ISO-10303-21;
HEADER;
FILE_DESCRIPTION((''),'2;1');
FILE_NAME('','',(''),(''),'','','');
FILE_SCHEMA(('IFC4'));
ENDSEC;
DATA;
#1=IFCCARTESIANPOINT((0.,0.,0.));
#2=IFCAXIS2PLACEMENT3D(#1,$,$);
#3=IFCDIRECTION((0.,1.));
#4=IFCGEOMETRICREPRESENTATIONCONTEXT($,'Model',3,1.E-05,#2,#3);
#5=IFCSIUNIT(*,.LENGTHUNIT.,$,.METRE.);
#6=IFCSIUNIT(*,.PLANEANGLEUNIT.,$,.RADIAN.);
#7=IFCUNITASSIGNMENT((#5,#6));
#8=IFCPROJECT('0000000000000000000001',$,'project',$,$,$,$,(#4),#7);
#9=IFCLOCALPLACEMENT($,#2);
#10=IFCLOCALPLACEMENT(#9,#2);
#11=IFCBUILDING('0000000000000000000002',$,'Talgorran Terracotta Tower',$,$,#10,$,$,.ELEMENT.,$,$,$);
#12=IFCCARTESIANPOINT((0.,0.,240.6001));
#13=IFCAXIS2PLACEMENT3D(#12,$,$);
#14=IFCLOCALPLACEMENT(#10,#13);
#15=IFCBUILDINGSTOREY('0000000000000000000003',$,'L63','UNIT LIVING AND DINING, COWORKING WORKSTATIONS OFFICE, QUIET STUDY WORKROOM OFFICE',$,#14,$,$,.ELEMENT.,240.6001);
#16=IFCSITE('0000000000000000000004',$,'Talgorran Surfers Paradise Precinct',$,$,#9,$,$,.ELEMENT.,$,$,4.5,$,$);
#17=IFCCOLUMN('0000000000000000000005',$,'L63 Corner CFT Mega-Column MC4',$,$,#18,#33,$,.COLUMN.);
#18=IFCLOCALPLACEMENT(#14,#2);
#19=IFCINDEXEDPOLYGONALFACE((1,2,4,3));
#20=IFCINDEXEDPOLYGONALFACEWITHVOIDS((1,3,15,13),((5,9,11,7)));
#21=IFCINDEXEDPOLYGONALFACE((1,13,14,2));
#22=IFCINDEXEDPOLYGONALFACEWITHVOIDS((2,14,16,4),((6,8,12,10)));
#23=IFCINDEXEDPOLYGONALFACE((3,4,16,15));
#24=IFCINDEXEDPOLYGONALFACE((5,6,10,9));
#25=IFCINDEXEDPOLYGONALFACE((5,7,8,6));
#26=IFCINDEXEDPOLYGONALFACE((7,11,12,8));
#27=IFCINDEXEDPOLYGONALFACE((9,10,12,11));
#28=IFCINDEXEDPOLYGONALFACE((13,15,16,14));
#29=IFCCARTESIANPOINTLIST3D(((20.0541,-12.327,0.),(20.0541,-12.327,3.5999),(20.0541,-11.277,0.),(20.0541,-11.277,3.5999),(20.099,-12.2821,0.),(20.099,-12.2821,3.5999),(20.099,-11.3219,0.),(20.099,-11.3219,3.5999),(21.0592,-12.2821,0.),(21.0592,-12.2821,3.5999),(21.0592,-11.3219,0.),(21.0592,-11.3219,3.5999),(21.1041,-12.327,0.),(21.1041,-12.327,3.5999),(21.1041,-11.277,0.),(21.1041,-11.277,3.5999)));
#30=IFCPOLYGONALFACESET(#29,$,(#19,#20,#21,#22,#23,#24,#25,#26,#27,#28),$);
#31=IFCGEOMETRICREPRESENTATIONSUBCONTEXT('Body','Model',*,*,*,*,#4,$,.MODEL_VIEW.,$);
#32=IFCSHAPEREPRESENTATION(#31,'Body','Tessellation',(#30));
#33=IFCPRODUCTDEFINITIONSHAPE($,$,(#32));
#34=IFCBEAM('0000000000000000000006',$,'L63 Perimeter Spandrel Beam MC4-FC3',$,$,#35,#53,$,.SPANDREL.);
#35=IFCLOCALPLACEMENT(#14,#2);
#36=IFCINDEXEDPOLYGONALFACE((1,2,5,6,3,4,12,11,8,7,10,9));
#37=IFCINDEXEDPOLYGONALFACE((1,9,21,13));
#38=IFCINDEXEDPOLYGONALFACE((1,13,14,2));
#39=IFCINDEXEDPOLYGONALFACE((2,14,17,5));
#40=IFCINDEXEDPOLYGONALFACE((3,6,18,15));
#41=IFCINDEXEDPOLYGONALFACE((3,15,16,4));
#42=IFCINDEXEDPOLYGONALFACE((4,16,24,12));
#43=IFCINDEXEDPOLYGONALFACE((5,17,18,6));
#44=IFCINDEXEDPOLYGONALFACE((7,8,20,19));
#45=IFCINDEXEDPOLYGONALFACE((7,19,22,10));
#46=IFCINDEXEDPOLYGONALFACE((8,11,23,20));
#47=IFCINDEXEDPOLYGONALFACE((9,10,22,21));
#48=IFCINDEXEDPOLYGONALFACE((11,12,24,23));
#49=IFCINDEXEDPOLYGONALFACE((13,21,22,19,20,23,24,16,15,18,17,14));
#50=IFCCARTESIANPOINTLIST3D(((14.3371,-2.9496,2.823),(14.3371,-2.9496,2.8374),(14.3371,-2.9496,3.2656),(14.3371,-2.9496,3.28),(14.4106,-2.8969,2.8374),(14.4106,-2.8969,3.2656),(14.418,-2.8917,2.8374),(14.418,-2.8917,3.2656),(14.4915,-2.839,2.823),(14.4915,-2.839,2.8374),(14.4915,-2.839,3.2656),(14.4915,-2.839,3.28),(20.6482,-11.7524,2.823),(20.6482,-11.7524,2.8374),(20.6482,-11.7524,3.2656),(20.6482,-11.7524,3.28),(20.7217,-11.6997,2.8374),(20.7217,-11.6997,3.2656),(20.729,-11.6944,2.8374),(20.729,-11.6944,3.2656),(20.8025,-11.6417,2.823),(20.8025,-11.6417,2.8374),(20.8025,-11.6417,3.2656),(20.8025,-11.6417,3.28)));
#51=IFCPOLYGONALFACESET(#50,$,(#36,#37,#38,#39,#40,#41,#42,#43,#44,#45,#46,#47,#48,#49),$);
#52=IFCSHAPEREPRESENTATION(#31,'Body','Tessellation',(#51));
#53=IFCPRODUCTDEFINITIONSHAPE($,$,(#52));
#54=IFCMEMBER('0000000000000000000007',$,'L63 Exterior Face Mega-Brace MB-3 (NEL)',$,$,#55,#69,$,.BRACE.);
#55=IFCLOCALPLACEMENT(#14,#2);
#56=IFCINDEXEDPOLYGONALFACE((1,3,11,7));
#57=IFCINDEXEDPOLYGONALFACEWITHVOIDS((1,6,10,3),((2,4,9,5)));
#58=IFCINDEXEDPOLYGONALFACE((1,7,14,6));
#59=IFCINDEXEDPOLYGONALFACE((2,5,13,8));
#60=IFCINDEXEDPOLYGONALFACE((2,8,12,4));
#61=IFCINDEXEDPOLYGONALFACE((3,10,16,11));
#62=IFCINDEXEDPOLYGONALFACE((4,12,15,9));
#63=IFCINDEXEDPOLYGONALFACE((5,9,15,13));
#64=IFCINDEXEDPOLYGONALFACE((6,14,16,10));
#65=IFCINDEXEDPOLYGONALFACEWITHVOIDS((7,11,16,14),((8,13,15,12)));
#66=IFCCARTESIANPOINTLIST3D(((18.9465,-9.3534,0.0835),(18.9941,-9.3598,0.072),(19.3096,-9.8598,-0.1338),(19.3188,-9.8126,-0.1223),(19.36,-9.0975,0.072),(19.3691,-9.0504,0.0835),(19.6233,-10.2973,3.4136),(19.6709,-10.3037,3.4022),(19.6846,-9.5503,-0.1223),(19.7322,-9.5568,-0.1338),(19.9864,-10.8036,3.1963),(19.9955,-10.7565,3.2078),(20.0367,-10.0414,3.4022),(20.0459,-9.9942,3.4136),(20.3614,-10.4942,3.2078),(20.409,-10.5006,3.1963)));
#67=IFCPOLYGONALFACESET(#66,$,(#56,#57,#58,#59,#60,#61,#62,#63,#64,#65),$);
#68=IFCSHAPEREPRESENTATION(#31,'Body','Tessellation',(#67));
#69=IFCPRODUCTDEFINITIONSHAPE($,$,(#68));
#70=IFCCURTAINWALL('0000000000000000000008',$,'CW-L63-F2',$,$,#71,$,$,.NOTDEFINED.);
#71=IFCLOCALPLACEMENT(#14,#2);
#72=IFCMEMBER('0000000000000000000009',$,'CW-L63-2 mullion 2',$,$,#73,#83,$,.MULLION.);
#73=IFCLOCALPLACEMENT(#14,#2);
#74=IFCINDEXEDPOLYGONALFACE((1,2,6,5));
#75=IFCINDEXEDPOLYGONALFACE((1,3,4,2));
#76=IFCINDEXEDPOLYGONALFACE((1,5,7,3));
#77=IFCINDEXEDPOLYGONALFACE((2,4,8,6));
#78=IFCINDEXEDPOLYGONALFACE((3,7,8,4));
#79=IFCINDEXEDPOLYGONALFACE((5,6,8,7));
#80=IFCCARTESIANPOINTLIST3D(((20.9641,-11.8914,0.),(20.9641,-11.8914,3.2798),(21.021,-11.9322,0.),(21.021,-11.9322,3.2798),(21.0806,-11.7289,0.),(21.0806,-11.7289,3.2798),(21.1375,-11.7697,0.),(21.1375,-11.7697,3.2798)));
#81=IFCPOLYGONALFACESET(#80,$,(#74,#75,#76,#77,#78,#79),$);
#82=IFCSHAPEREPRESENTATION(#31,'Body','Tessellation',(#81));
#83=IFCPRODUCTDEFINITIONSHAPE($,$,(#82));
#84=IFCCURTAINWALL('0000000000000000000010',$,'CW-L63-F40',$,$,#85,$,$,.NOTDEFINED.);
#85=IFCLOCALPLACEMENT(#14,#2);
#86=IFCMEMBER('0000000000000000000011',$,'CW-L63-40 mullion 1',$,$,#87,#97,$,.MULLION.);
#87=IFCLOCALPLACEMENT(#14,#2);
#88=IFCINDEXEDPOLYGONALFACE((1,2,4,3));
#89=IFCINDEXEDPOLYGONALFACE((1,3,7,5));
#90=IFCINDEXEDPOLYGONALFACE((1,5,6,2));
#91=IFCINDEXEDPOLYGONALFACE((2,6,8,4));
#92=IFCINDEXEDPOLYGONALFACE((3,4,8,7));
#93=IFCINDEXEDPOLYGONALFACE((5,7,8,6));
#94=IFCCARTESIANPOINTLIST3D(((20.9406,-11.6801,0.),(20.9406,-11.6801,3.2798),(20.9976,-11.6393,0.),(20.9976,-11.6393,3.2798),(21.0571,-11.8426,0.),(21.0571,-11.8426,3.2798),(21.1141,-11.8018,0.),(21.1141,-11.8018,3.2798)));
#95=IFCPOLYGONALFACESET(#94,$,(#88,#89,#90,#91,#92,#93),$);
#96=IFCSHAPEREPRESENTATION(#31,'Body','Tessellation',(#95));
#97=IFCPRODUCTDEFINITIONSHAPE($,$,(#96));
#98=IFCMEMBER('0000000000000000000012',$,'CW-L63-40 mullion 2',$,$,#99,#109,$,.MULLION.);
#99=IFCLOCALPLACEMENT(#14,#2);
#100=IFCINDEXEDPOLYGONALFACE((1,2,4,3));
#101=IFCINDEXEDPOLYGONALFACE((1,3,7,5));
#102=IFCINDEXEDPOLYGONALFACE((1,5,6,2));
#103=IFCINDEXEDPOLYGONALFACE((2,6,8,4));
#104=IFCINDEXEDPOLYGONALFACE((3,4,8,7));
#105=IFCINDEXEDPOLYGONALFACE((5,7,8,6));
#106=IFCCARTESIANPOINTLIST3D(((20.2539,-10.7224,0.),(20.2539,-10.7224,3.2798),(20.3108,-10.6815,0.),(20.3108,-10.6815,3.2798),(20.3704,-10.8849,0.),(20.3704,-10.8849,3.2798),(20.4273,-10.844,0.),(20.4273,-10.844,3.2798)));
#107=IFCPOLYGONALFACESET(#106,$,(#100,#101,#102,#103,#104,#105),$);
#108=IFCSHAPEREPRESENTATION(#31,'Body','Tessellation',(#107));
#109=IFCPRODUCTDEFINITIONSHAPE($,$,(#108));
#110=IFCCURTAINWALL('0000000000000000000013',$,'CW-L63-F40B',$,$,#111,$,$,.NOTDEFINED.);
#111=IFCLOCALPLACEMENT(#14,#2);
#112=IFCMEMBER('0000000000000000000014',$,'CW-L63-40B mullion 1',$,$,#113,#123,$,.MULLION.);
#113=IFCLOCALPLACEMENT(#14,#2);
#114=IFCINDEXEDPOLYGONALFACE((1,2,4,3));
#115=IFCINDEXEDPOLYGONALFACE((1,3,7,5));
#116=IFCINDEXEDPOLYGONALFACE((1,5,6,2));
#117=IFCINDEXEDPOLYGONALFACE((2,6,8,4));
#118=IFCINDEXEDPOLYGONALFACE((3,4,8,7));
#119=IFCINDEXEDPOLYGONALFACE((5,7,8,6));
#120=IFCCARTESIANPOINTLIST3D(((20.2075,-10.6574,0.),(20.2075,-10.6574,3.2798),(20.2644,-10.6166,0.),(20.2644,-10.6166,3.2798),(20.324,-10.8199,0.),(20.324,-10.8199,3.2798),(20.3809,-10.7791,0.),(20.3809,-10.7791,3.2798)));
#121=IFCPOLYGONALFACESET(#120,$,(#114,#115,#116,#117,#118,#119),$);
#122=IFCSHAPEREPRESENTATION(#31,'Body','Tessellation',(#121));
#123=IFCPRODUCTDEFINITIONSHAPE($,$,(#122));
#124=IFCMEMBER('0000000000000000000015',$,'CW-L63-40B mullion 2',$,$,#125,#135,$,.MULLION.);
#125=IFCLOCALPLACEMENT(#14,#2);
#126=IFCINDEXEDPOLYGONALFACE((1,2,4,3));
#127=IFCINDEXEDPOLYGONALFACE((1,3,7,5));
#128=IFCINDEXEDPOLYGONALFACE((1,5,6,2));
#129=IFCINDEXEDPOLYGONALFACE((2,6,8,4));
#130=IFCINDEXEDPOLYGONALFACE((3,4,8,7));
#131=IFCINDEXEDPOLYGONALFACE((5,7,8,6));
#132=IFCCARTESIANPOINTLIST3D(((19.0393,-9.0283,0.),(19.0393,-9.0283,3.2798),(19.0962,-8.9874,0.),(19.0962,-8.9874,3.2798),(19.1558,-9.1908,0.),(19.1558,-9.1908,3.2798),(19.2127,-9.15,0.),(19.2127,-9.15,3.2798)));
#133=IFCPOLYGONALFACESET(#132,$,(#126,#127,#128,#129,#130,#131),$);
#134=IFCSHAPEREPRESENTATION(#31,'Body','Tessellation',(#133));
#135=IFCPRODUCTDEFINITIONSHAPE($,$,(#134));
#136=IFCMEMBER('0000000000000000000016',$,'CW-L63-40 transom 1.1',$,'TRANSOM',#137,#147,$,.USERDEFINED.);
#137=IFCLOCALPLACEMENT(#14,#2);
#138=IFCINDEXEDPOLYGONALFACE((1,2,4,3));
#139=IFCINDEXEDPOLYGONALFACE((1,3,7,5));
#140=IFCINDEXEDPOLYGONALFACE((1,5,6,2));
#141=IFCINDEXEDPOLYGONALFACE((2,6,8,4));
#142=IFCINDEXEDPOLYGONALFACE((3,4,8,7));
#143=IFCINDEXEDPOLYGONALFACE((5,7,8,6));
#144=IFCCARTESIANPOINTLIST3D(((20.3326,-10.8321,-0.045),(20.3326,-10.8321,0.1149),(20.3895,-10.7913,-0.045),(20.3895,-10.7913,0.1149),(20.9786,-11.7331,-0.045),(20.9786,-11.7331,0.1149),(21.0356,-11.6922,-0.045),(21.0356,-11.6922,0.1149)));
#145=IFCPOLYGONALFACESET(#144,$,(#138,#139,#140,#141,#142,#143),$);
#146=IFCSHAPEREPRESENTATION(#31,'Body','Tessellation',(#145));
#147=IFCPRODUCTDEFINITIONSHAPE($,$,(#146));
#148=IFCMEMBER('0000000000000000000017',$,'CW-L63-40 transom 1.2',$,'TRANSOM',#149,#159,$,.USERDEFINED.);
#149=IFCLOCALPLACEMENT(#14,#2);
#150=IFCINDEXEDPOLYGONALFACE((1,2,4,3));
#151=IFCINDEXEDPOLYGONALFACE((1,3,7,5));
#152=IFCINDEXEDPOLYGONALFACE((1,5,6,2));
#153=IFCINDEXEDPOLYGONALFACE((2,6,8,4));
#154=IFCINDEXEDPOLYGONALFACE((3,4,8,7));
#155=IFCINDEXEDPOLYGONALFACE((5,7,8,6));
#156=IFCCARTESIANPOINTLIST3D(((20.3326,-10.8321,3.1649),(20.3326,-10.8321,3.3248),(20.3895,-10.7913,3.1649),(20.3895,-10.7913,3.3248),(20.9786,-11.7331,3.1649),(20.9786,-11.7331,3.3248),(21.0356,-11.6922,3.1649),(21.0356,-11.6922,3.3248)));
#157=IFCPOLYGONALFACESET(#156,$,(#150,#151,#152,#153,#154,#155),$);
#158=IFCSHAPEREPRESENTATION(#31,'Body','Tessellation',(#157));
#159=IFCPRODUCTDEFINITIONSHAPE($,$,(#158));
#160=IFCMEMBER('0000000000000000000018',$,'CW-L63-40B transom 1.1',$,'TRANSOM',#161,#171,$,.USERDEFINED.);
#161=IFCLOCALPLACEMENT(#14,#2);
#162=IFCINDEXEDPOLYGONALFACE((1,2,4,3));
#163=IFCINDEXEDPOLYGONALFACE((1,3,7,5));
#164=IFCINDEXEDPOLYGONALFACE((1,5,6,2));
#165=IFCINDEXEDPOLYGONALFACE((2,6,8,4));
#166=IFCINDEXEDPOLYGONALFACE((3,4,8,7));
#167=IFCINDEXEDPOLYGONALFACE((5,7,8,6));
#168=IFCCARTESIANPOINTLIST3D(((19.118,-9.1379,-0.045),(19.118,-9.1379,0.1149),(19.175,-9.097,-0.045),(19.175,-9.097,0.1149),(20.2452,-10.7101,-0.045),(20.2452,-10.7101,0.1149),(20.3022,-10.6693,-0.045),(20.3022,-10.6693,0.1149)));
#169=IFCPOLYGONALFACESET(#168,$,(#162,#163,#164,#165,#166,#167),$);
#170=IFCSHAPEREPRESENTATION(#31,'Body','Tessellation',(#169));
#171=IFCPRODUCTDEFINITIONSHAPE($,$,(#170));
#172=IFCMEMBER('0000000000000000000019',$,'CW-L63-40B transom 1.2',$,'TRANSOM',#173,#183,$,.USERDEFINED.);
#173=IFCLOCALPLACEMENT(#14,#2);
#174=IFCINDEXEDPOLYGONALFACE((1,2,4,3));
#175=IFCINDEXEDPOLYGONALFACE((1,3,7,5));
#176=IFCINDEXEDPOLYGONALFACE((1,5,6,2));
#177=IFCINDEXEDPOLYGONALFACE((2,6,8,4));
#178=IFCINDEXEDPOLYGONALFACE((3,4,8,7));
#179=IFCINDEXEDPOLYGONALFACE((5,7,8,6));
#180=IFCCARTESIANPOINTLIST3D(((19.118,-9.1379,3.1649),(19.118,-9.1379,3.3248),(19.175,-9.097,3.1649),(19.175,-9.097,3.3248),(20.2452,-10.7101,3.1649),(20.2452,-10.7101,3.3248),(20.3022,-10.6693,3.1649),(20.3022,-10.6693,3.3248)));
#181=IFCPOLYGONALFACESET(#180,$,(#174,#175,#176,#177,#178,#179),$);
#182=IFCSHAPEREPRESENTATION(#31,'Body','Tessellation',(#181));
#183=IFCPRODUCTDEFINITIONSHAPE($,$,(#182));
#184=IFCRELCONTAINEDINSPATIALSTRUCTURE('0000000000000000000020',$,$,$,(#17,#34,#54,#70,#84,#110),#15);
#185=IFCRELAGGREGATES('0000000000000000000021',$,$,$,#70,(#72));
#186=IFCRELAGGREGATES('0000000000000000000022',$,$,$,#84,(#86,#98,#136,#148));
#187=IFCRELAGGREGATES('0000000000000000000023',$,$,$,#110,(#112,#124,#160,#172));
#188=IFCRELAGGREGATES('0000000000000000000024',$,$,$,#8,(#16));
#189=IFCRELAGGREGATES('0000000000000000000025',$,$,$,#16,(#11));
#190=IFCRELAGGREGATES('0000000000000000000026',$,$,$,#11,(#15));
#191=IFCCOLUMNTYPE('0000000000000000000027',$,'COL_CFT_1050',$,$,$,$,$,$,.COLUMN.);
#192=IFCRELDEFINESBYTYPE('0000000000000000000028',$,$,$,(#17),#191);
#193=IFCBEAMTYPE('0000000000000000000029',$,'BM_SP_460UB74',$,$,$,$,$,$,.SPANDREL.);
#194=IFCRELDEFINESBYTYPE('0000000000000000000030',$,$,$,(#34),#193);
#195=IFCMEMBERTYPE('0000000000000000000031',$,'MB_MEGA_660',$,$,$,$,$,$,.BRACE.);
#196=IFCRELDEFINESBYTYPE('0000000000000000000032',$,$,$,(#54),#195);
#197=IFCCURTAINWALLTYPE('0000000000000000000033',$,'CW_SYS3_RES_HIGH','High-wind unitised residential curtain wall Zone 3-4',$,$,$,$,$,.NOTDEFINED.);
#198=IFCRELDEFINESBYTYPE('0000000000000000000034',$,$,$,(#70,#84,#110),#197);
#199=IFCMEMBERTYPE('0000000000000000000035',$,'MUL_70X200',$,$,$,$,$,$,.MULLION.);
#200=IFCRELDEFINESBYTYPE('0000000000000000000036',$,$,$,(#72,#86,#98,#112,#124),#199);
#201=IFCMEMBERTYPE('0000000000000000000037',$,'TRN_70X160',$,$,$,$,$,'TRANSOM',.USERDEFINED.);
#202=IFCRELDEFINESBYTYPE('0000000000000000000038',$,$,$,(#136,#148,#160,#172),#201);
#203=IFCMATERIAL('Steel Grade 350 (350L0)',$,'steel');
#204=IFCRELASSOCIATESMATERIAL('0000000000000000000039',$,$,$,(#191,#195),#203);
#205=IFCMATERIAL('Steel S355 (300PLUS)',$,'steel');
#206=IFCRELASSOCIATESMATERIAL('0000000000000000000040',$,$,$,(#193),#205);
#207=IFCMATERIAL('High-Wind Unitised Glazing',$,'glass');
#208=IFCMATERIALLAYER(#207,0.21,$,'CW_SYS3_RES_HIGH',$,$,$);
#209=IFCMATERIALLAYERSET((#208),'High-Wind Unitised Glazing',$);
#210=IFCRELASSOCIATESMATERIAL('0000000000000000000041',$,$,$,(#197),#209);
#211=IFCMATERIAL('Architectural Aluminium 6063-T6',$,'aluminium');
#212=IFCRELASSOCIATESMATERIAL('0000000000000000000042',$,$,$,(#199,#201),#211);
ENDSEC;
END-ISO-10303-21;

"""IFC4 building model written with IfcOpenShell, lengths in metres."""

from ifc_helpers import new_model, si_unit, direction, frame, origin, origin_2d, place, context, subcontext, project, spatial, rectangle, hollow_rectangle, i_section, extrude, material, layer, layer_set, material_profile, profile_set, type_object, element, aggregate, save


model = new_model("IFC4")

# Units and contexts
model_context = context("Model", 3, precision=1e-05, world=origin(), true_north=direction((0.0, 1.0)))
body_context = subcontext(model_context, "Body", "Model", "MODEL_VIEW")
ifc_project = project(units=[si_unit("LENGTHUNIT", "METRE"), si_unit("PLANEANGLEUNIT", "RADIAN")], contexts=[model_context])

# Site, building, storey
site_placement = place(None, origin())
site = spatial("IfcSite", under=ifc_project, at=site_placement, Name="Talgorran Surfers Paradise Precinct", CompositionType="ELEMENT", RefElevation=4.5)
building_placement = place(site_placement, origin())
building = spatial("IfcBuilding", under=site, at=building_placement, Name="Talgorran Terracotta Tower", CompositionType="ELEMENT")
storey_placement = place(building_placement, frame((0.0, 0.0, 240.6001)))
storey = spatial("IfcBuildingStorey", under=building, at=storey_placement, Name="L63", Description="UNIT LIVING AND DINING, COWORKING WORKSTATIONS OFFICE, QUIET STUDY WORKROOM OFFICE", CompositionType="ELEMENT", Elevation=240.6001)

# Column
ifc_material_1 = material(Name="Steel Grade 350 (350L0)", Category="steel")
ifc_material_profile_1 = material_profile(ifc_material_1, hollow_rectangle(XDim=1.05, YDim=1.05, WallThickness=0.0449, at=origin_2d()), Name="CFT1050X1050X45")
ifc_profile_set_1 = profile_set([ifc_material_profile_1], Name="Steel Grade 350 (350L0)")
column_type = type_object("IfcColumnType", Name="COL_CFT_1050", PredefinedType="COLUMN", material=ifc_profile_set_1)
column_placement = place(storey_placement, frame((20.5791, -11.802, 0.0), z_axis=(0.0, 0.0, 1.0), x_axis=(1.0, 0.0, 0.0)))
element("IfcColumn", 1, at=column_placement, inside=storey, type_object=column_type, Name="L63 Corner CFT Mega-Column MC4", PredefinedType="COLUMN", context=body_context, shape_type="SweptSolid", body=[
    extrude(hollow_rectangle(XDim=1.05, YDim=1.05, WallThickness=0.0449, at=origin_2d()), origin(), (0.0, 0.0, 1.0), 3.5999),
])

# Beam
ifc_material_2 = material(Name="Steel S355 (300PLUS)", Category="steel")
ifc_material_profile_2 = material_profile(ifc_material_2, i_section(OverallWidth=0.1899, OverallDepth=0.457, WebThickness=0.009, FlangeThickness=0.0144, at=origin_2d()), Name="460UB74.6")
ifc_profile_set_2 = profile_set([ifc_material_profile_2], Name="Steel S355 (300PLUS)")
beam_type = type_object("IfcBeamType", Name="BM_SP_460UB74", PredefinedType="SPANDREL", material=ifc_profile_set_2)
beam_placement = place(storey_placement, frame((20.7253, -11.697, 3.0515), z_axis=(-0.582666, 0.812712, 0.0), x_axis=(-0.812712, -0.582666, 0.0)))
element("IfcBeam", 2, at=beam_placement, inside=storey, type_object=beam_type, Name="L63 Perimeter Spandrel Beam MC4-FC3", PredefinedType="SPANDREL", context=body_context, shape_type="SweptSolid", body=[
    extrude(i_section(OverallWidth=0.1899, OverallDepth=0.457, WebThickness=0.009, FlangeThickness=0.0144, at=origin_2d()), origin(), (0.0, 0.0, 1.0), 10.8313),
])

# Member
ifc_material_profile_3 = material_profile(ifc_material_1, hollow_rectangle(XDim=0.52, YDim=0.6599, WallThickness=0.0349, at=origin_2d()), Name="WBOX660X520X35")
ifc_profile_set_3 = profile_set([ifc_material_profile_3], Name="Steel Grade 350 (350L0)")
member_type_1 = type_object("IfcMemberType", Name="MB_MEGA_660", PredefinedType="BRACE", material=ifc_profile_set_3)
member_1_placement = place(storey_placement, frame((19.3394, -9.4551, -0.0251), z_axis=(0.19189, -0.267622, 0.944223), x_axis=(0.812681, 0.582709, 0.0)))
element("IfcMember", 3, at=member_1_placement, inside=storey, type_object=member_type_1, Name="L63 Exterior Face Mega-Brace MB-3 (NEL)", PredefinedType="BRACE", context=body_context, shape_type="SweptSolid", body=[
    extrude(hollow_rectangle(XDim=0.52, YDim=0.6599, WallThickness=0.0349, at=origin_2d()), origin(), (0.0, 0.0, 1.0), 3.5269),
])

# Curtain wall, member
ifc_material_3 = material(Name="High-Wind Unitised Glazing", Category="glass")
ifc_layer_1 = layer(ifc_material_3, 0.21, Name="CW_SYS3_RES_HIGH")
ifc_layer_set_1 = layer_set([ifc_layer_1], Name="High-Wind Unitised Glazing")
curtain_wall_type = type_object("IfcCurtainWallType", Name="CW_SYS3_RES_HIGH", Description="High-wind unitised residential curtain wall Zone 3-4", PredefinedType="NOTDEFINED", material=ifc_layer_set_1)
curtain_wall_1_placement = place(storey_placement, origin())
curtain_wall_1 = element("IfcCurtainWall", 4, at=curtain_wall_1_placement, inside=storey, type_object=curtain_wall_type, Name="CW-L63-F2", PredefinedType="NOTDEFINED")
ifc_material_4 = material(Name="Architectural Aluminium 6063-T6", Category="aluminium")
ifc_material_profile_4 = material_profile(ifc_material_4, rectangle(XDim=0.0701, YDim=0.2, at=origin_2d()), Name="CWM70X200")
ifc_profile_set_4 = profile_set([ifc_material_profile_4], Name="Architectural Aluminium 6063-T6")
member_type_2 = type_object("IfcMemberType", Name="MUL_70X200", PredefinedType="MULLION", material=ifc_profile_set_4)
member_2_placement = place(storey_placement, frame((21.0508, -11.8306, 0.0), z_axis=(0.0, 0.0, 1.0), x_axis=(-0.812715, 0.582661, 0.0)))
member_2 = element("IfcMember", 5, at=member_2_placement, type_object=member_type_2, Name="CW-L63-2 mullion 2", PredefinedType="MULLION", context=body_context, shape_type="SweptSolid", body=[
    extrude(rectangle(XDim=0.0701, YDim=0.2, at=origin_2d()), origin(), (0.0, 0.0, 1.0), 3.2798),
])

# Curtain walls, members
curtain_wall_2_placement = place(storey_placement, origin())
curtain_wall_2 = element("IfcCurtainWall", 6, at=curtain_wall_2_placement, inside=storey, type_object=curtain_wall_type, Name="CW-L63-F40", PredefinedType="NOTDEFINED")
member_3_placement = place(storey_placement, frame((21.0273, -11.741, 0.0), z_axis=(0.0, 0.0, 1.0), x_axis=(-0.812704, -0.582677, 0.0)))
member_3 = element("IfcMember", 7, at=member_3_placement, type_object=member_type_2, Name="CW-L63-40 mullion 1", PredefinedType="MULLION", context=body_context, shape_type="SweptSolid", body=[
    extrude(rectangle(XDim=0.0701, YDim=0.2, at=origin_2d()), origin(), (0.0, 0.0, 1.0), 3.2798),
])
member_4_placement = place(storey_placement, frame((20.3406, -10.7832, 0.0), z_axis=(0.0, 0.0, 1.0), x_axis=(-0.812704, -0.582677, 0.0)))
member_4 = element("IfcMember", 8, at=member_4_placement, type_object=member_type_2, Name="CW-L63-40 mullion 2", PredefinedType="MULLION", context=body_context, shape_type="SweptSolid", body=[
    extrude(rectangle(XDim=0.0701, YDim=0.2, at=origin_2d()), origin(), (0.0, 0.0, 1.0), 3.2798),
])
curtain_wall_3_placement = place(storey_placement, origin())
curtain_wall_3 = element("IfcCurtainWall", 9, at=curtain_wall_3_placement, inside=storey, type_object=curtain_wall_type, Name="CW-L63-F40B", PredefinedType="NOTDEFINED")
member_5_placement = place(storey_placement, frame((20.2942, -10.7183, 0.0), z_axis=(0.0, 0.0, 1.0), x_axis=(-0.812719, -0.582655, 0.0)))
member_5 = element("IfcMember", 10, at=member_5_placement, type_object=member_type_2, Name="CW-L63-40B mullion 1", PredefinedType="MULLION", context=body_context, shape_type="SweptSolid", body=[
    extrude(rectangle(XDim=0.0701, YDim=0.2, at=origin_2d()), origin(), (0.0, 0.0, 1.0), 3.2798),
])
member_6_placement = place(storey_placement, frame((19.126, -9.0891, 0.0), z_axis=(0.0, 0.0, 1.0), x_axis=(-0.812719, -0.582655, 0.0)))
member_6 = element("IfcMember", 11, at=member_6_placement, type_object=member_type_2, Name="CW-L63-40B mullion 2", PredefinedType="MULLION", context=body_context, shape_type="SweptSolid", body=[
    extrude(rectangle(XDim=0.0701, YDim=0.2, at=origin_2d()), origin(), (0.0, 0.0, 1.0), 3.2798),
])

# Members
ifc_material_profile_5 = material_profile(ifc_material_4, rectangle(XDim=0.0701, YDim=0.1599, at=origin_2d()), Name="CWT70X160")
ifc_profile_set_5 = profile_set([ifc_material_profile_5], Name="Architectural Aluminium 6063-T6")
member_type_3 = type_object("IfcMemberType", Name="TRN_70X160", ElementType="TRANSOM", PredefinedType="USERDEFINED", material=ifc_profile_set_5)
member_7_placement = place(storey_placement, frame((21.0071, -11.7126, 0.0349), z_axis=(-0.582737, 0.812661, 0.0), x_axis=(-0.812661, -0.582737, 0.0)))
member_7 = element("IfcMember", 12, at=member_7_placement, type_object=member_type_3, Name="CW-L63-40 transom 1.1", ObjectType="TRANSOM", PredefinedType="USERDEFINED", context=body_context, shape_type="SweptSolid", body=[
    extrude(rectangle(XDim=0.0701, YDim=0.1599, at=origin_2d()), origin(), (0.0, 0.0, 1.0), 1.1086),
])
member_8_placement = place(storey_placement, frame((21.0071, -11.7126, 3.2449), z_axis=(-0.582737, 0.812661, 0.0), x_axis=(-0.812661, -0.582737, 0.0)))
member_8 = element("IfcMember", 13, at=member_8_placement, type_object=member_type_3, Name="CW-L63-40 transom 1.2", ObjectType="TRANSOM", PredefinedType="USERDEFINED", context=body_context, shape_type="SweptSolid", body=[
    extrude(rectangle(XDim=0.0701, YDim=0.1599, at=origin_2d()), origin(), (0.0, 0.0, 1.0), 1.1086),
])
member_9_placement = place(storey_placement, frame((20.2737, -10.6897, 0.0349), z_axis=(-0.582658, 0.812718, 0.0), x_axis=(-0.812718, -0.582658, 0.0)))
member_9 = element("IfcMember", 14, at=member_9_placement, type_object=member_type_3, Name="CW-L63-40B transom 1.1", ObjectType="TRANSOM", PredefinedType="USERDEFINED", context=body_context, shape_type="SweptSolid", body=[
    extrude(rectangle(XDim=0.0701, YDim=0.1599, at=origin_2d()), origin(), (0.0, 0.0, 1.0), 1.9346),
])
member_10_placement = place(storey_placement, frame((20.2737, -10.6897, 3.2449), z_axis=(-0.582658, 0.812718, 0.0), x_axis=(-0.812718, -0.582658, 0.0)))
member_10 = element("IfcMember", 15, at=member_10_placement, type_object=member_type_3, Name="CW-L63-40B transom 1.2", ObjectType="TRANSOM", PredefinedType="USERDEFINED", context=body_context, shape_type="SweptSolid", body=[
    extrude(rectangle(XDim=0.0701, YDim=0.1599, at=origin_2d()), origin(), (0.0, 0.0, 1.0), 1.9346),
])

aggregate(curtain_wall_1, [member_2])
aggregate(curtain_wall_2, [member_3, member_4, member_7, member_8])
aggregate(curtain_wall_3, [member_5, member_6, member_9, member_10])

save(model, "model.ifc")
